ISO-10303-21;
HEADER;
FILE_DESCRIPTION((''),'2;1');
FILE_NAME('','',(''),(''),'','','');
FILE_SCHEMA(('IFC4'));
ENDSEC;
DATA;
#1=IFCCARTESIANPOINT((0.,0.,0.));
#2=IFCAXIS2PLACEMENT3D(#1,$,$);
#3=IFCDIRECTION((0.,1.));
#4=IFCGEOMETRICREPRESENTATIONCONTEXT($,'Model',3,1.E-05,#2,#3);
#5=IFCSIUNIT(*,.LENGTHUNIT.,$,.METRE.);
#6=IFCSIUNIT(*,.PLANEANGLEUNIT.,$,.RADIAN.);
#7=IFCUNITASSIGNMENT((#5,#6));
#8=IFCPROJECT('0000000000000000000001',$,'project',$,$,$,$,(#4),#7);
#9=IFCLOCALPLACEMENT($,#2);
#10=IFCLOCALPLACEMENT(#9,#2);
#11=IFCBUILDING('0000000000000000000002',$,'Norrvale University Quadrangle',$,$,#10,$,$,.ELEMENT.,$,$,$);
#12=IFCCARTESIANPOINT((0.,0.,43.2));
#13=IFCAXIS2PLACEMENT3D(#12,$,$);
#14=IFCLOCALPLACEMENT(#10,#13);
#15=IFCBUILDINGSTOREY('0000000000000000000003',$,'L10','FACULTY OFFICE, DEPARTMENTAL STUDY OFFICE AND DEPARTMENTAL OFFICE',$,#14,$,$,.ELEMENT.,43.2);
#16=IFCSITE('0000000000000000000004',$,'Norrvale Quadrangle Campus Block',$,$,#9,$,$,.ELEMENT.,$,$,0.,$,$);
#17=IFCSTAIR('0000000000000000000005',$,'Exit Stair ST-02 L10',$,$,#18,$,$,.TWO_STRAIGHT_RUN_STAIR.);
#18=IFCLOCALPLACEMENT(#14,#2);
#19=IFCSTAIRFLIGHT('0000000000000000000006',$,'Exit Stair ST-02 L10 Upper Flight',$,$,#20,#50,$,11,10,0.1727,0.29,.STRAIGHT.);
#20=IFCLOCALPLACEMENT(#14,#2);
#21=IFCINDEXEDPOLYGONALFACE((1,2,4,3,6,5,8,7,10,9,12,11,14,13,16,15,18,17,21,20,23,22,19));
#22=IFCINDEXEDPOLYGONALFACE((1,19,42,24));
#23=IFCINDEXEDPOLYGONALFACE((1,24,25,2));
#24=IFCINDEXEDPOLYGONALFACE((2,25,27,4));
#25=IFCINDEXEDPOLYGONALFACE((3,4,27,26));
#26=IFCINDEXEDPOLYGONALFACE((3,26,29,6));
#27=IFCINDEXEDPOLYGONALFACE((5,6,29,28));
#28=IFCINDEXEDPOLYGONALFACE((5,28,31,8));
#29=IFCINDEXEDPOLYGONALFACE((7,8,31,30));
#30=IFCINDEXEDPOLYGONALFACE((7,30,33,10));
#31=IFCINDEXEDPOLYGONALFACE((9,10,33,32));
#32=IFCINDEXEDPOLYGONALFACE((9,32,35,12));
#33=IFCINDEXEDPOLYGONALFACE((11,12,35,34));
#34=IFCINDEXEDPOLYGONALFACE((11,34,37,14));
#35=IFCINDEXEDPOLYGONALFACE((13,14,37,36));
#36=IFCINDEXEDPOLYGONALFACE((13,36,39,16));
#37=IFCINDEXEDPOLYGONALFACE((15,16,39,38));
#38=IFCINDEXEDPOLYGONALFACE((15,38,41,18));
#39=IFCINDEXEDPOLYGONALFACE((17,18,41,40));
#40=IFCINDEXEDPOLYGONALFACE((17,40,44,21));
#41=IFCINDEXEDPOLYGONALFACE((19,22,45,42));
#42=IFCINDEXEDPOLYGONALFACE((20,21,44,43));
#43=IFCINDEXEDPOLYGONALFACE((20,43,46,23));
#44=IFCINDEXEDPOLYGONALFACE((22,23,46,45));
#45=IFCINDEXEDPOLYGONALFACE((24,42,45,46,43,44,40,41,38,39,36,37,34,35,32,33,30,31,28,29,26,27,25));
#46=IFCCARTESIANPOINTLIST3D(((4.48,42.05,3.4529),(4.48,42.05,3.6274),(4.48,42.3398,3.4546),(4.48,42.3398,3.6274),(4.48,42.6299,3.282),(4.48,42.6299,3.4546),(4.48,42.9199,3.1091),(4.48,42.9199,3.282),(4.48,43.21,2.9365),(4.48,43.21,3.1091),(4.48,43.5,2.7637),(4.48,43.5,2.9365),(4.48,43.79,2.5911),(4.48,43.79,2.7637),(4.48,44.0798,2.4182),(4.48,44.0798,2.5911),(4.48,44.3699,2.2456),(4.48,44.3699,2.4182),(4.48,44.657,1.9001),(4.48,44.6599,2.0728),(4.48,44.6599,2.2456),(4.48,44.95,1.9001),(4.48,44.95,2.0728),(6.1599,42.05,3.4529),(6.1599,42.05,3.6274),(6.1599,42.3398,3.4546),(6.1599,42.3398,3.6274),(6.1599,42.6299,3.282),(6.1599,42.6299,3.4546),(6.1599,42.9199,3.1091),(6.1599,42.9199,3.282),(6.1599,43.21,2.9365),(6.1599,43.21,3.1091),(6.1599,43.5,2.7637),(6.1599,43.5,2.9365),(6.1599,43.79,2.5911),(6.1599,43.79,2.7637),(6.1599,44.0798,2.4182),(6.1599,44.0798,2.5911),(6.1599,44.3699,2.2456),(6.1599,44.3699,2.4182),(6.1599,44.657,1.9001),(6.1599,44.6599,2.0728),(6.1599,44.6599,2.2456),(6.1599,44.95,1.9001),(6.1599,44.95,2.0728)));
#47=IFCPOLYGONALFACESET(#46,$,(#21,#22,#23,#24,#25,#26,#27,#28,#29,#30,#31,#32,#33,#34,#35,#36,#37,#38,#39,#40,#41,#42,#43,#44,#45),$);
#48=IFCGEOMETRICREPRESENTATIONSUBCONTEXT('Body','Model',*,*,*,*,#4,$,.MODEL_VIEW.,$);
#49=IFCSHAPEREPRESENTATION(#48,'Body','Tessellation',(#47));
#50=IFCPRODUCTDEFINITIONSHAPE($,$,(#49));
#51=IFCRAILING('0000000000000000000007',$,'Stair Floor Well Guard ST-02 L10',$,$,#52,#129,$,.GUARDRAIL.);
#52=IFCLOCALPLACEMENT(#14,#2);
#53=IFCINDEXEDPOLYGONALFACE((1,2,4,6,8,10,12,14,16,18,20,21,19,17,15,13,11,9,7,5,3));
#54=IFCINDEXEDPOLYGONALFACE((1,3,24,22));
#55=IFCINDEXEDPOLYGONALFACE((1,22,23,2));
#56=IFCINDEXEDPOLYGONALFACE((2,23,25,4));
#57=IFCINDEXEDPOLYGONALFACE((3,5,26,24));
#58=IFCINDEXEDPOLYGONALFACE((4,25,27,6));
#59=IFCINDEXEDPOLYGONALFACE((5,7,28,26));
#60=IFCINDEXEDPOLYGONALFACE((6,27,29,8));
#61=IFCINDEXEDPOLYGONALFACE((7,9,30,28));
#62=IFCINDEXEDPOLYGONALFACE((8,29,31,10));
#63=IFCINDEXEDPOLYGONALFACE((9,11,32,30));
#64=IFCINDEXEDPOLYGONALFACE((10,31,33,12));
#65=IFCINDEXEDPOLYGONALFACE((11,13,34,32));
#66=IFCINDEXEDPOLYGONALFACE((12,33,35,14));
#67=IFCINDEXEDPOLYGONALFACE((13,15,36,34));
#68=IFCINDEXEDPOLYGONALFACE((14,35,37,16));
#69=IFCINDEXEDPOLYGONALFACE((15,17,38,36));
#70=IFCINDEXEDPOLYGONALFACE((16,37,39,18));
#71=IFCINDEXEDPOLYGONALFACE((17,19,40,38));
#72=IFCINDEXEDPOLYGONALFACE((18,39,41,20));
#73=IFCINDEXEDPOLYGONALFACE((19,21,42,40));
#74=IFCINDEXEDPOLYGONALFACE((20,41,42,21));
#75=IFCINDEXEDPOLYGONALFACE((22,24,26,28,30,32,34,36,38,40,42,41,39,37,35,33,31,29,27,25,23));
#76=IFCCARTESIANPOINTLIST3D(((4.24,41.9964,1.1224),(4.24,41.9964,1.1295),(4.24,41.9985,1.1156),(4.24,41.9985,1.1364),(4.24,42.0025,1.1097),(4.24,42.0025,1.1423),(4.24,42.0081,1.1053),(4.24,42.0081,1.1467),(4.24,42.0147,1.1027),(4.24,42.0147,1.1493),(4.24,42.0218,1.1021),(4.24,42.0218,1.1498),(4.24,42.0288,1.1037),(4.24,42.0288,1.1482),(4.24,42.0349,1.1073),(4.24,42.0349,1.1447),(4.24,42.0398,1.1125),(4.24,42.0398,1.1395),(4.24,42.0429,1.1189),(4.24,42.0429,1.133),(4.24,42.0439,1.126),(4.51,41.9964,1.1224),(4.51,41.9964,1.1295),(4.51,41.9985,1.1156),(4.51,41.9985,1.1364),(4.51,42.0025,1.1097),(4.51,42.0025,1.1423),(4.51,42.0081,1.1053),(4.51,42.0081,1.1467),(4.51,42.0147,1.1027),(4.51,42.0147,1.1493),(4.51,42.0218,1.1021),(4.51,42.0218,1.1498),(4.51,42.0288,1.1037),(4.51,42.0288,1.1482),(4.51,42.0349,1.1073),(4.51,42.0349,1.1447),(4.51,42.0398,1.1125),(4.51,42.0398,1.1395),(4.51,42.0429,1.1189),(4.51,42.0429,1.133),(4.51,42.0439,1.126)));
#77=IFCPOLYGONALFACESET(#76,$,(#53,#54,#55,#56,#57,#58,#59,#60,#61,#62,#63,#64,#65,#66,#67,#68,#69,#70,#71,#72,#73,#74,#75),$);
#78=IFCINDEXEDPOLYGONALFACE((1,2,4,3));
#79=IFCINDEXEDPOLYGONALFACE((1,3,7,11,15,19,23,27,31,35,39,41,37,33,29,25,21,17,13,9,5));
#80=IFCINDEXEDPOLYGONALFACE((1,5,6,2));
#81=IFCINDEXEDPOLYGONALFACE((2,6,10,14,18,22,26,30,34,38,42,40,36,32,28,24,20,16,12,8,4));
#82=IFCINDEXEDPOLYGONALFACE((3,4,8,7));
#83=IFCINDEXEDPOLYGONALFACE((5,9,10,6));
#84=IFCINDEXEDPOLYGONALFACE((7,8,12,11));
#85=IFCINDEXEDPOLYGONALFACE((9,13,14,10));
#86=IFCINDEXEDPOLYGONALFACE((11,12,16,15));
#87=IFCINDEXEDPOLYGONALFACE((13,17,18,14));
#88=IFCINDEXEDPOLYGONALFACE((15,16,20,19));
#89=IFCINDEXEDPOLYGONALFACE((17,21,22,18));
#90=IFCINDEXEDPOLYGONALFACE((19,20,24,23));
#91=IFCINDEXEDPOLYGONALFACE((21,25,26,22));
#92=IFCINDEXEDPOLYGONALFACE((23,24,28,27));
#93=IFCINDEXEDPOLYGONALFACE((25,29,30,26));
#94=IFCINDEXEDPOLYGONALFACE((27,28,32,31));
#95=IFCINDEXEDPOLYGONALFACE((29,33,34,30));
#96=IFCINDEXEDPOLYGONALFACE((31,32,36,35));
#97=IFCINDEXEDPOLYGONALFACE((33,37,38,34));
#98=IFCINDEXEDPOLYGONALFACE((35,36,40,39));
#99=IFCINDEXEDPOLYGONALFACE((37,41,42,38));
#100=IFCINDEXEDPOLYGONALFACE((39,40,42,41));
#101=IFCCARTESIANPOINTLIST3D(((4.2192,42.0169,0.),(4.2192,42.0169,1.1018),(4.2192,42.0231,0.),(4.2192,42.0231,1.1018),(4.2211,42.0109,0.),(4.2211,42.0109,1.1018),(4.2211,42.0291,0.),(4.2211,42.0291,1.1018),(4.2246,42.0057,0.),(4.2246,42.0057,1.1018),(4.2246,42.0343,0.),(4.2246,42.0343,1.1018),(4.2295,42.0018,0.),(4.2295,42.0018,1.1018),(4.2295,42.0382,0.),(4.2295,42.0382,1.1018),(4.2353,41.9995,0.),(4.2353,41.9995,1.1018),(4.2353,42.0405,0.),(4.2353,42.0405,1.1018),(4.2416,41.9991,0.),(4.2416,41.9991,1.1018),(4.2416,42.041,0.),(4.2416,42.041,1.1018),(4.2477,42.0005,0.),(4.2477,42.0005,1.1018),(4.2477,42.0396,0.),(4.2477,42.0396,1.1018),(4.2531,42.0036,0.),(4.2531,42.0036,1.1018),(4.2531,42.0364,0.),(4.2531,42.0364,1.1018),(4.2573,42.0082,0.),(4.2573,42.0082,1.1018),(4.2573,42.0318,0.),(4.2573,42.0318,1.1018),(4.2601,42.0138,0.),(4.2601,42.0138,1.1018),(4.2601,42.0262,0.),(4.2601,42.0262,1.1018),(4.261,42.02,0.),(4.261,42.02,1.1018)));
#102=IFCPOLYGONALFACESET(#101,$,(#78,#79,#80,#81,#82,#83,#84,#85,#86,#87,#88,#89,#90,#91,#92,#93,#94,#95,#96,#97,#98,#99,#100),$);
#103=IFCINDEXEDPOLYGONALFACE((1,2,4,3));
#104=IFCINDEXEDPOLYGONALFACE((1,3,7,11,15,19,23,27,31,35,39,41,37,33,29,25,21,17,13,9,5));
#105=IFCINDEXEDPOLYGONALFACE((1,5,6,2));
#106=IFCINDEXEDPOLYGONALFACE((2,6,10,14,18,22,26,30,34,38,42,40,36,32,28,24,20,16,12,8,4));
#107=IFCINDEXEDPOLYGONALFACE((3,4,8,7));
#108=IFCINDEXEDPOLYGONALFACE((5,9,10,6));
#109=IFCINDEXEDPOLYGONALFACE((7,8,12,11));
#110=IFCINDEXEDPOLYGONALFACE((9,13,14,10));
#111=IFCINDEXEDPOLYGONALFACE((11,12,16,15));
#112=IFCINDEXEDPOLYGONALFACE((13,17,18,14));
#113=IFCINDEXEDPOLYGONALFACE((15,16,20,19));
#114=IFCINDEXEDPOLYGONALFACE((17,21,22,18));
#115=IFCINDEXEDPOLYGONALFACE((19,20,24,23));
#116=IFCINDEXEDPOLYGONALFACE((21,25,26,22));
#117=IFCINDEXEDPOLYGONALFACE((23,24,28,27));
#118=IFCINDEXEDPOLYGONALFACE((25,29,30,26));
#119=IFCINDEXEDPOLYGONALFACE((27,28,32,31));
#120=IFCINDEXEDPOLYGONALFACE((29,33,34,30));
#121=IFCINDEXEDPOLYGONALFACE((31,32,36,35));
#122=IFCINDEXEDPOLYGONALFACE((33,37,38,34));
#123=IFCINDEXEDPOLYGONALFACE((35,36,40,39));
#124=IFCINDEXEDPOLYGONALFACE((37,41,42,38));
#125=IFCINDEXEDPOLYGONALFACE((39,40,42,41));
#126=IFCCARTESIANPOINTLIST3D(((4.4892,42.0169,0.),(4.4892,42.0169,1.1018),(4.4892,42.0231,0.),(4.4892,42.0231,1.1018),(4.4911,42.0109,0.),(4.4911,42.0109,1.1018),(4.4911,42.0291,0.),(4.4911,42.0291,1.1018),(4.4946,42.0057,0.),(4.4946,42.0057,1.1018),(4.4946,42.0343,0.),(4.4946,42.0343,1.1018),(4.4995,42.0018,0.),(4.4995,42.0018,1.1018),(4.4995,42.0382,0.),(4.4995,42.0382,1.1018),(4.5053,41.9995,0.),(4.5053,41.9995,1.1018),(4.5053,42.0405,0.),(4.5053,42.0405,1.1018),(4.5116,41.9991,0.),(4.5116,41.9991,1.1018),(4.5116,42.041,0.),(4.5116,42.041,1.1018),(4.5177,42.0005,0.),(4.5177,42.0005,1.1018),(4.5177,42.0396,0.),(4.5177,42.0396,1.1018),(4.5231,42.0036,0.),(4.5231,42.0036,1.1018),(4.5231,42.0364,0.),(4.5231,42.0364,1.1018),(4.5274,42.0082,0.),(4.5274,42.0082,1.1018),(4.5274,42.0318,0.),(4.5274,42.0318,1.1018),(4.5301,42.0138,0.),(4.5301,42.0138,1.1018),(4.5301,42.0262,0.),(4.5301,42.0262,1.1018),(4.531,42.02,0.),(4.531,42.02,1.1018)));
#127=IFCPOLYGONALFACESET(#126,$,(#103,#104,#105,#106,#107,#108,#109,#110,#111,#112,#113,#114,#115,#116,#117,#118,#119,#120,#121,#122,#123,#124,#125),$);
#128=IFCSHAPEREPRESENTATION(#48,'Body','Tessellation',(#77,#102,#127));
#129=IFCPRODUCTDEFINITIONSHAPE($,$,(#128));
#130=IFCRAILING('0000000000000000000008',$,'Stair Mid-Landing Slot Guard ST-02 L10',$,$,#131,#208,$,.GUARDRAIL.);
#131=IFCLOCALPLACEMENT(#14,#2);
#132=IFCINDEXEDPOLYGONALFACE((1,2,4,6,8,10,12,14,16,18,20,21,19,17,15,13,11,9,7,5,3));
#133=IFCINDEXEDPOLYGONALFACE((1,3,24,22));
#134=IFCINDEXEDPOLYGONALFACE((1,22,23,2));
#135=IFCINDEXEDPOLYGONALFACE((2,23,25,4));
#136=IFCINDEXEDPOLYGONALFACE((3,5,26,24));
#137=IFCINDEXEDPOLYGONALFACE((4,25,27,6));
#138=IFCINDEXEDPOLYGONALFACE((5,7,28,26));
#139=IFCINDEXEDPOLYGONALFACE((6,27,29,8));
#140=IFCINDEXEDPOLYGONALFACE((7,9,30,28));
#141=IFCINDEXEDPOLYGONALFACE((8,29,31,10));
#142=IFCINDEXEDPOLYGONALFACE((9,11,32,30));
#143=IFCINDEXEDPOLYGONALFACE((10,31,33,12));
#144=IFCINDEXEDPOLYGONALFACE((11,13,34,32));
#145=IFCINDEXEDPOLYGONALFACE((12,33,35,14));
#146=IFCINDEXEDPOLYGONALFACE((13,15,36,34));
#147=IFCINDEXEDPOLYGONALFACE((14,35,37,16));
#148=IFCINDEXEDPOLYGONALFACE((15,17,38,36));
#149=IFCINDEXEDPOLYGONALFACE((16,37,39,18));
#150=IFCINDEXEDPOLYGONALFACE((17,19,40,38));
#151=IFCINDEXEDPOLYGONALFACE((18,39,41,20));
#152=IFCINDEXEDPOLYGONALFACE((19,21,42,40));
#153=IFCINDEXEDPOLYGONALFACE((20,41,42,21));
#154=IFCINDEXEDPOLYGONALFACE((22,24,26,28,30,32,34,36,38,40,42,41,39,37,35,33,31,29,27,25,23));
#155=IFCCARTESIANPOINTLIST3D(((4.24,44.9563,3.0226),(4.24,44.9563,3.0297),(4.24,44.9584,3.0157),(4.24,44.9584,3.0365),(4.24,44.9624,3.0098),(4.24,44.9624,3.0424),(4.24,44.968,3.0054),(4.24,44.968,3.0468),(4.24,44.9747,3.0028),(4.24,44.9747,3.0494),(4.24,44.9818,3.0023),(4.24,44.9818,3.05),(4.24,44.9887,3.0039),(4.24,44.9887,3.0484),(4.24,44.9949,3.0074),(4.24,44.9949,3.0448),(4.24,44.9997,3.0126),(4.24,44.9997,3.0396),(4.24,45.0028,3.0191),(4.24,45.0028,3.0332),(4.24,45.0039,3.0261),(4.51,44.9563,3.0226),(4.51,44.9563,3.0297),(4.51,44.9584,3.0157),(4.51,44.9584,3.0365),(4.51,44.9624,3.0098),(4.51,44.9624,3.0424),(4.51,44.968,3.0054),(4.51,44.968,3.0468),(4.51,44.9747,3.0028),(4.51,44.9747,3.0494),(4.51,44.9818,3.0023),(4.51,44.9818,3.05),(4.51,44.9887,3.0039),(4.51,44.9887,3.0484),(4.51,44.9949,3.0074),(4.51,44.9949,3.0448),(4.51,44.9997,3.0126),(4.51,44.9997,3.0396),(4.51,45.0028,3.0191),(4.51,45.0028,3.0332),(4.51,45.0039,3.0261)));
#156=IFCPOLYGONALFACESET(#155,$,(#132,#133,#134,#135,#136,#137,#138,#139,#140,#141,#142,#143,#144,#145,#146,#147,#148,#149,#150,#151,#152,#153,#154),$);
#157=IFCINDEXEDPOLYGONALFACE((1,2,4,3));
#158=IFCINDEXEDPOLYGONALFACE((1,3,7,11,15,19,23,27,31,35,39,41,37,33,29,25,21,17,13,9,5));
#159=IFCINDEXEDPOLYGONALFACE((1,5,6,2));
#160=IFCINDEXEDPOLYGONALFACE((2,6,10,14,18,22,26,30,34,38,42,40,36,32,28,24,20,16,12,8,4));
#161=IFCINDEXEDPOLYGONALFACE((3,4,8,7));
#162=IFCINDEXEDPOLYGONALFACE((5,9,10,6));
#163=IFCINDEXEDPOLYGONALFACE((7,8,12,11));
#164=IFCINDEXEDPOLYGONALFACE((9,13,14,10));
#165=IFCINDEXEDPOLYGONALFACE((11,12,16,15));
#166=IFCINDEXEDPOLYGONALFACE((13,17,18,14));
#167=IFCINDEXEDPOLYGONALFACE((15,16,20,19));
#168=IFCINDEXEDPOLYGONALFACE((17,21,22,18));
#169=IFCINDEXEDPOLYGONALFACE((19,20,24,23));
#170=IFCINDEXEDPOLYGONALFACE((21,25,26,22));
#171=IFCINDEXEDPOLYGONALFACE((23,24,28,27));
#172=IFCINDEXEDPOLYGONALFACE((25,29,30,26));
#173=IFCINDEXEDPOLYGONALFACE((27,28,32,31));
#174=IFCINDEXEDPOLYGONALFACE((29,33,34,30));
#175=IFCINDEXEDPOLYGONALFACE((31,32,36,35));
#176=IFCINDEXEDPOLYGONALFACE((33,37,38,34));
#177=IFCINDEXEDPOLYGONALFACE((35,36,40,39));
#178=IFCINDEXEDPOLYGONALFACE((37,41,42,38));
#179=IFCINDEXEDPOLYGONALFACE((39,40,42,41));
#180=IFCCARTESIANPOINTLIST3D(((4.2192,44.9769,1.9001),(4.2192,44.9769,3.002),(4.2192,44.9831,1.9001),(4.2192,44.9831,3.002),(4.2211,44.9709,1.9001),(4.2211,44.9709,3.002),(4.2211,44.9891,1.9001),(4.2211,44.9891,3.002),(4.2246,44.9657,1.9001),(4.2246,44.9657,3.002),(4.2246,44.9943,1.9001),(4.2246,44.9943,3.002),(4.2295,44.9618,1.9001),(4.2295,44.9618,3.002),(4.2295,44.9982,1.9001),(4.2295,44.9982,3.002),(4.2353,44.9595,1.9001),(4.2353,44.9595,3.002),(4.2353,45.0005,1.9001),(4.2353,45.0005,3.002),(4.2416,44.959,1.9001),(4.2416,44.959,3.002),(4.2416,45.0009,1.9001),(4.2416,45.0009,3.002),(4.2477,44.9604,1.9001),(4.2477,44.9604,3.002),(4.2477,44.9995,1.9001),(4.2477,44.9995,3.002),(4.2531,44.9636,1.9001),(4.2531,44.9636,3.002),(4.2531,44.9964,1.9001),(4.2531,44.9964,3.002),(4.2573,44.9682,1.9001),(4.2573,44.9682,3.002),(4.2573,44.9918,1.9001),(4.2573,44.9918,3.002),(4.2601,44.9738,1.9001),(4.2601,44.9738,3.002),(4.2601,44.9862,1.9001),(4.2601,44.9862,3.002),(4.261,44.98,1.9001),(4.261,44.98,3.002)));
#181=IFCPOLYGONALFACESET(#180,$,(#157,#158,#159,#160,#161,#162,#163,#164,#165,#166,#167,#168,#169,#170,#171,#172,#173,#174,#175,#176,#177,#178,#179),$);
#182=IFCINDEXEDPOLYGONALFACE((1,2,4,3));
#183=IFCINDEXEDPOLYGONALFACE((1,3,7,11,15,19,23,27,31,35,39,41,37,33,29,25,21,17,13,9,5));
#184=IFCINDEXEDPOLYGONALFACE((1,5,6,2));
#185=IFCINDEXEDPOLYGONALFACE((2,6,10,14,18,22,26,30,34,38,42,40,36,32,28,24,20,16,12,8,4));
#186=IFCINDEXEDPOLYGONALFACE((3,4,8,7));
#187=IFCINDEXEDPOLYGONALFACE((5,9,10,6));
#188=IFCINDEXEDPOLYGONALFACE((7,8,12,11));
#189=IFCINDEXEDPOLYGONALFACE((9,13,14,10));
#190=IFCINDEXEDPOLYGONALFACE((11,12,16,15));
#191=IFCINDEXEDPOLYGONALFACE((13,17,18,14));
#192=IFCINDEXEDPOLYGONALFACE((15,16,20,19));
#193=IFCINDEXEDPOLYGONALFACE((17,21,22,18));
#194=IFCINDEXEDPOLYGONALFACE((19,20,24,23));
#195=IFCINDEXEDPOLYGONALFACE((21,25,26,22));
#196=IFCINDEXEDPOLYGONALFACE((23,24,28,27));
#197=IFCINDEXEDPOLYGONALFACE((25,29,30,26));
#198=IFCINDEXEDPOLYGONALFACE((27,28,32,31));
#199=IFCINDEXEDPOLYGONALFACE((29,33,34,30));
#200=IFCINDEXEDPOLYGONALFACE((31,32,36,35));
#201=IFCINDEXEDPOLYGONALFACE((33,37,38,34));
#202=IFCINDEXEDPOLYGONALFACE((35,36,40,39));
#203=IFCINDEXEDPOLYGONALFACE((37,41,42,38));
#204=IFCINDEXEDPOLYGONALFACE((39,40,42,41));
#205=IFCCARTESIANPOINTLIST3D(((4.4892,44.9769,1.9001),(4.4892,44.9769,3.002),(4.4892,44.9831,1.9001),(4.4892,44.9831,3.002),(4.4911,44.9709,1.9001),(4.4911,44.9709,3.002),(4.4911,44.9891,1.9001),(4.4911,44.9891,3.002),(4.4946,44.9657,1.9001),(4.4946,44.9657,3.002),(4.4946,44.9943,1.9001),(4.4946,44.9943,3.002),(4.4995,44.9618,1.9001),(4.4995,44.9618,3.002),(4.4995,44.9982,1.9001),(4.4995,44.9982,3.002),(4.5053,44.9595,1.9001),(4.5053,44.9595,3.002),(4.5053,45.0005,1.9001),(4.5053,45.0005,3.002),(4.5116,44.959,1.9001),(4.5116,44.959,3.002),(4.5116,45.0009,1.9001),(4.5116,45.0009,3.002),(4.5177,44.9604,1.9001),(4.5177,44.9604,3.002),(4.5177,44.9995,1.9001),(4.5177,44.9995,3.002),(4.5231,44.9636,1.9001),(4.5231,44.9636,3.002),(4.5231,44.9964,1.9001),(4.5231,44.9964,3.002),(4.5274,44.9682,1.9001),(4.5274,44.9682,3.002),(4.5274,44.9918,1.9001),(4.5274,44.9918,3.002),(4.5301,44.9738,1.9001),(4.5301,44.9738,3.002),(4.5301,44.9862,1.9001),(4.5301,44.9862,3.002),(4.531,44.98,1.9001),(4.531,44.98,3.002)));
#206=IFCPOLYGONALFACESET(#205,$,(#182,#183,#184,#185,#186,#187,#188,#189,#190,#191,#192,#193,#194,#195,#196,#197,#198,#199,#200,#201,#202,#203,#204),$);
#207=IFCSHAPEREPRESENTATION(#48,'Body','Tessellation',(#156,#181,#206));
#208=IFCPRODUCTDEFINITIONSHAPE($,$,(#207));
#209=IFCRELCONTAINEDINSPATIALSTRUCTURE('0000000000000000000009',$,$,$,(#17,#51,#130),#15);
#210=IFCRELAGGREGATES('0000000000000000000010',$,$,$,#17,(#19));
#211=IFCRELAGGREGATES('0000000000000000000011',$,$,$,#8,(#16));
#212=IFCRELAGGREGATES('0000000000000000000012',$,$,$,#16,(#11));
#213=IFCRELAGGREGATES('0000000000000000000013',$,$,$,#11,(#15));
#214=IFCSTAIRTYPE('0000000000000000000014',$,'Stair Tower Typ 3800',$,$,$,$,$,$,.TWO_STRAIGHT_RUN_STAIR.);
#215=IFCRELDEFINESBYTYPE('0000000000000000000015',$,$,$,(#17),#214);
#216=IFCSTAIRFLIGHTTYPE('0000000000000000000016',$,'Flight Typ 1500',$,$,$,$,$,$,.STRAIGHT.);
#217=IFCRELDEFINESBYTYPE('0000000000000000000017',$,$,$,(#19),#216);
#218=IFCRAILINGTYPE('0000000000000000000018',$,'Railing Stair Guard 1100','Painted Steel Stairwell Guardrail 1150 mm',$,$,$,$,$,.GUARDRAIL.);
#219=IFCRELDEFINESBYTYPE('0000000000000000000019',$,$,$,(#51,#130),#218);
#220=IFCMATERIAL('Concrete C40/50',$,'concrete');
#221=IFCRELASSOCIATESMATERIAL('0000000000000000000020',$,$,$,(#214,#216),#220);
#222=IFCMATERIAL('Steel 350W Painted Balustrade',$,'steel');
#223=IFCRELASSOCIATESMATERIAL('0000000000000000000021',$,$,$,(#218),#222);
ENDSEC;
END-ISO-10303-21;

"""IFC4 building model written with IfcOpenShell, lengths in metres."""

from ifc_helpers import new_model, si_unit, direction, frame, origin, origin_2d, place, context, subcontext, project, spatial, polyline, circle, outline, extrude, material, type_object, element, aggregate, save


model = new_model("IFC4")

# Units and contexts
model_context = context("Model", 3, precision=1e-05, world=origin(), true_north=direction((0.0, 1.0)))
body_context = subcontext(model_context, "Body", "Model", "MODEL_VIEW")
ifc_project = project(units=[si_unit("LENGTHUNIT", "METRE"), si_unit("PLANEANGLEUNIT", "RADIAN")], contexts=[model_context])

# Site, building, storey
site_placement = place(None, origin())
site = spatial("IfcSite", under=ifc_project, at=site_placement, Name="Norrvale Quadrangle Campus Block", CompositionType="ELEMENT", RefElevation=0.0)
building_placement = place(site_placement, origin())
building = spatial("IfcBuilding", under=site, at=building_placement, Name="Norrvale University Quadrangle", CompositionType="ELEMENT")
storey_placement = place(building_placement, frame((0.0, 0.0, 43.2)))
storey = spatial("IfcBuildingStorey", under=building, at=storey_placement, Name="L10", Description="FACULTY OFFICE, DEPARTMENTAL STUDY OFFICE AND DEPARTMENTAL OFFICE", CompositionType="ELEMENT", Elevation=43.2)

# Stair, stair flight
ifc_material_1 = material(Name="Concrete C40/50", Category="concrete")
stair_type = type_object("IfcStairType", Name="Stair Tower Typ 3800", PredefinedType="TWO_STRAIGHT_RUN_STAIR", material=ifc_material_1)
stair_placement = place(storey_placement, origin())
stair = element("IfcStair", 1, at=stair_placement, inside=storey, type_object=stair_type, Name="Exit Stair ST-02 L10", PredefinedType="TWO_STRAIGHT_RUN_STAIR")
stair_flight_type = type_object("IfcStairFlightType", Name="Flight Typ 1500", PredefinedType="STRAIGHT", material=ifc_material_1)
stair_flight_1_placement = place(storey_placement, frame((5.3201, 44.95, 1.9001), z_axis=(0.0, 0.0, 1.0), x_axis=(0.0, -1.0, 0.0)))
stair_flight_1 = element("IfcStairFlight", 2, at=stair_flight_1_placement, type_object=stair_flight_type, Name="Exit Stair ST-02 L10 Upper Flight", NumberOfRisers=11, NumberOfTreads=10, PredefinedType="STRAIGHT", RiserHeight=0.1727, TreadLength=0.29, context=body_context, shape_type="SweptSolid", body=[
    extrude(outline(polyline([(0.0, 0.0), (0.0, 0.1726), (0.29, 0.1726), (0.29, 0.3455), (0.5801, 0.3455), (0.5801, 0.5181), (0.8701, 0.5181), (0.8701, 0.6909), (1.1599, 0.6909), (1.1599, 0.8635), (1.45, 0.8635), (1.45, 1.0364), (1.74, 1.0364), (1.74, 1.209), (2.03, 1.209), (2.03, 1.3818), (2.3201, 1.3818), (2.3201, 1.5544), (2.6101, 1.5544), (2.6101, 1.7273), (2.8999, 1.7273), (2.8999, 1.8999), (2.8999, 1.5527), (0.293, 0.0), (0.0, 0.0)])), frame((0.0, 0.8398, 0.0), z_axis=(0.0, -1.0, 0.0), x_axis=(1.0, 0.0, 0.0)), (0.0, 0.0, 1.0), 1.6799),
])
aggregate(stair, [stair_flight_1])

# Railings
ifc_material_2 = material(Name="Steel 350W Painted Balustrade", Category="steel")
railing_type_1 = type_object("IfcRailingType", Name="Railing Stair Guard 1100", Description="Painted Steel Stairwell Guardrail 1150 mm", PredefinedType="GUARDRAIL", material=ifc_material_2)
for number, where, name in (
    (3, (4.24, 42.02, 0.0), "Stair Floor Well Guard ST-02 L10"),
    (4, (4.24, 44.98, 1.9001), "Stair Mid-Landing Slot Guard ST-02 L10"),
):
    element("IfcRailing", number, at=place(storey_placement, frame(where)), inside=storey, type_object=railing_type_1, Name=name, PredefinedType="GUARDRAIL", context=body_context, shape_type="SweptSolid", body=[
        extrude(circle(Radius=0.0239, at=origin_2d()), frame((0.0, 0.0, 1.126), z_axis=(1.0, 0.0, 0.0), x_axis=(0.0, 1.0, 0.0)), (0.0, 0.0, 1.0), 0.27),
        extrude(circle(Radius=0.021, at=origin_2d()), origin(), (0.0, 0.0, 1.0), 1.1018),
        extrude(circle(Radius=0.021, at=origin_2d()), frame((0.27, 0.0, 0.0)), (0.0, 0.0, 1.0), 1.1018),
    ])

save(model, "model.ifc")
